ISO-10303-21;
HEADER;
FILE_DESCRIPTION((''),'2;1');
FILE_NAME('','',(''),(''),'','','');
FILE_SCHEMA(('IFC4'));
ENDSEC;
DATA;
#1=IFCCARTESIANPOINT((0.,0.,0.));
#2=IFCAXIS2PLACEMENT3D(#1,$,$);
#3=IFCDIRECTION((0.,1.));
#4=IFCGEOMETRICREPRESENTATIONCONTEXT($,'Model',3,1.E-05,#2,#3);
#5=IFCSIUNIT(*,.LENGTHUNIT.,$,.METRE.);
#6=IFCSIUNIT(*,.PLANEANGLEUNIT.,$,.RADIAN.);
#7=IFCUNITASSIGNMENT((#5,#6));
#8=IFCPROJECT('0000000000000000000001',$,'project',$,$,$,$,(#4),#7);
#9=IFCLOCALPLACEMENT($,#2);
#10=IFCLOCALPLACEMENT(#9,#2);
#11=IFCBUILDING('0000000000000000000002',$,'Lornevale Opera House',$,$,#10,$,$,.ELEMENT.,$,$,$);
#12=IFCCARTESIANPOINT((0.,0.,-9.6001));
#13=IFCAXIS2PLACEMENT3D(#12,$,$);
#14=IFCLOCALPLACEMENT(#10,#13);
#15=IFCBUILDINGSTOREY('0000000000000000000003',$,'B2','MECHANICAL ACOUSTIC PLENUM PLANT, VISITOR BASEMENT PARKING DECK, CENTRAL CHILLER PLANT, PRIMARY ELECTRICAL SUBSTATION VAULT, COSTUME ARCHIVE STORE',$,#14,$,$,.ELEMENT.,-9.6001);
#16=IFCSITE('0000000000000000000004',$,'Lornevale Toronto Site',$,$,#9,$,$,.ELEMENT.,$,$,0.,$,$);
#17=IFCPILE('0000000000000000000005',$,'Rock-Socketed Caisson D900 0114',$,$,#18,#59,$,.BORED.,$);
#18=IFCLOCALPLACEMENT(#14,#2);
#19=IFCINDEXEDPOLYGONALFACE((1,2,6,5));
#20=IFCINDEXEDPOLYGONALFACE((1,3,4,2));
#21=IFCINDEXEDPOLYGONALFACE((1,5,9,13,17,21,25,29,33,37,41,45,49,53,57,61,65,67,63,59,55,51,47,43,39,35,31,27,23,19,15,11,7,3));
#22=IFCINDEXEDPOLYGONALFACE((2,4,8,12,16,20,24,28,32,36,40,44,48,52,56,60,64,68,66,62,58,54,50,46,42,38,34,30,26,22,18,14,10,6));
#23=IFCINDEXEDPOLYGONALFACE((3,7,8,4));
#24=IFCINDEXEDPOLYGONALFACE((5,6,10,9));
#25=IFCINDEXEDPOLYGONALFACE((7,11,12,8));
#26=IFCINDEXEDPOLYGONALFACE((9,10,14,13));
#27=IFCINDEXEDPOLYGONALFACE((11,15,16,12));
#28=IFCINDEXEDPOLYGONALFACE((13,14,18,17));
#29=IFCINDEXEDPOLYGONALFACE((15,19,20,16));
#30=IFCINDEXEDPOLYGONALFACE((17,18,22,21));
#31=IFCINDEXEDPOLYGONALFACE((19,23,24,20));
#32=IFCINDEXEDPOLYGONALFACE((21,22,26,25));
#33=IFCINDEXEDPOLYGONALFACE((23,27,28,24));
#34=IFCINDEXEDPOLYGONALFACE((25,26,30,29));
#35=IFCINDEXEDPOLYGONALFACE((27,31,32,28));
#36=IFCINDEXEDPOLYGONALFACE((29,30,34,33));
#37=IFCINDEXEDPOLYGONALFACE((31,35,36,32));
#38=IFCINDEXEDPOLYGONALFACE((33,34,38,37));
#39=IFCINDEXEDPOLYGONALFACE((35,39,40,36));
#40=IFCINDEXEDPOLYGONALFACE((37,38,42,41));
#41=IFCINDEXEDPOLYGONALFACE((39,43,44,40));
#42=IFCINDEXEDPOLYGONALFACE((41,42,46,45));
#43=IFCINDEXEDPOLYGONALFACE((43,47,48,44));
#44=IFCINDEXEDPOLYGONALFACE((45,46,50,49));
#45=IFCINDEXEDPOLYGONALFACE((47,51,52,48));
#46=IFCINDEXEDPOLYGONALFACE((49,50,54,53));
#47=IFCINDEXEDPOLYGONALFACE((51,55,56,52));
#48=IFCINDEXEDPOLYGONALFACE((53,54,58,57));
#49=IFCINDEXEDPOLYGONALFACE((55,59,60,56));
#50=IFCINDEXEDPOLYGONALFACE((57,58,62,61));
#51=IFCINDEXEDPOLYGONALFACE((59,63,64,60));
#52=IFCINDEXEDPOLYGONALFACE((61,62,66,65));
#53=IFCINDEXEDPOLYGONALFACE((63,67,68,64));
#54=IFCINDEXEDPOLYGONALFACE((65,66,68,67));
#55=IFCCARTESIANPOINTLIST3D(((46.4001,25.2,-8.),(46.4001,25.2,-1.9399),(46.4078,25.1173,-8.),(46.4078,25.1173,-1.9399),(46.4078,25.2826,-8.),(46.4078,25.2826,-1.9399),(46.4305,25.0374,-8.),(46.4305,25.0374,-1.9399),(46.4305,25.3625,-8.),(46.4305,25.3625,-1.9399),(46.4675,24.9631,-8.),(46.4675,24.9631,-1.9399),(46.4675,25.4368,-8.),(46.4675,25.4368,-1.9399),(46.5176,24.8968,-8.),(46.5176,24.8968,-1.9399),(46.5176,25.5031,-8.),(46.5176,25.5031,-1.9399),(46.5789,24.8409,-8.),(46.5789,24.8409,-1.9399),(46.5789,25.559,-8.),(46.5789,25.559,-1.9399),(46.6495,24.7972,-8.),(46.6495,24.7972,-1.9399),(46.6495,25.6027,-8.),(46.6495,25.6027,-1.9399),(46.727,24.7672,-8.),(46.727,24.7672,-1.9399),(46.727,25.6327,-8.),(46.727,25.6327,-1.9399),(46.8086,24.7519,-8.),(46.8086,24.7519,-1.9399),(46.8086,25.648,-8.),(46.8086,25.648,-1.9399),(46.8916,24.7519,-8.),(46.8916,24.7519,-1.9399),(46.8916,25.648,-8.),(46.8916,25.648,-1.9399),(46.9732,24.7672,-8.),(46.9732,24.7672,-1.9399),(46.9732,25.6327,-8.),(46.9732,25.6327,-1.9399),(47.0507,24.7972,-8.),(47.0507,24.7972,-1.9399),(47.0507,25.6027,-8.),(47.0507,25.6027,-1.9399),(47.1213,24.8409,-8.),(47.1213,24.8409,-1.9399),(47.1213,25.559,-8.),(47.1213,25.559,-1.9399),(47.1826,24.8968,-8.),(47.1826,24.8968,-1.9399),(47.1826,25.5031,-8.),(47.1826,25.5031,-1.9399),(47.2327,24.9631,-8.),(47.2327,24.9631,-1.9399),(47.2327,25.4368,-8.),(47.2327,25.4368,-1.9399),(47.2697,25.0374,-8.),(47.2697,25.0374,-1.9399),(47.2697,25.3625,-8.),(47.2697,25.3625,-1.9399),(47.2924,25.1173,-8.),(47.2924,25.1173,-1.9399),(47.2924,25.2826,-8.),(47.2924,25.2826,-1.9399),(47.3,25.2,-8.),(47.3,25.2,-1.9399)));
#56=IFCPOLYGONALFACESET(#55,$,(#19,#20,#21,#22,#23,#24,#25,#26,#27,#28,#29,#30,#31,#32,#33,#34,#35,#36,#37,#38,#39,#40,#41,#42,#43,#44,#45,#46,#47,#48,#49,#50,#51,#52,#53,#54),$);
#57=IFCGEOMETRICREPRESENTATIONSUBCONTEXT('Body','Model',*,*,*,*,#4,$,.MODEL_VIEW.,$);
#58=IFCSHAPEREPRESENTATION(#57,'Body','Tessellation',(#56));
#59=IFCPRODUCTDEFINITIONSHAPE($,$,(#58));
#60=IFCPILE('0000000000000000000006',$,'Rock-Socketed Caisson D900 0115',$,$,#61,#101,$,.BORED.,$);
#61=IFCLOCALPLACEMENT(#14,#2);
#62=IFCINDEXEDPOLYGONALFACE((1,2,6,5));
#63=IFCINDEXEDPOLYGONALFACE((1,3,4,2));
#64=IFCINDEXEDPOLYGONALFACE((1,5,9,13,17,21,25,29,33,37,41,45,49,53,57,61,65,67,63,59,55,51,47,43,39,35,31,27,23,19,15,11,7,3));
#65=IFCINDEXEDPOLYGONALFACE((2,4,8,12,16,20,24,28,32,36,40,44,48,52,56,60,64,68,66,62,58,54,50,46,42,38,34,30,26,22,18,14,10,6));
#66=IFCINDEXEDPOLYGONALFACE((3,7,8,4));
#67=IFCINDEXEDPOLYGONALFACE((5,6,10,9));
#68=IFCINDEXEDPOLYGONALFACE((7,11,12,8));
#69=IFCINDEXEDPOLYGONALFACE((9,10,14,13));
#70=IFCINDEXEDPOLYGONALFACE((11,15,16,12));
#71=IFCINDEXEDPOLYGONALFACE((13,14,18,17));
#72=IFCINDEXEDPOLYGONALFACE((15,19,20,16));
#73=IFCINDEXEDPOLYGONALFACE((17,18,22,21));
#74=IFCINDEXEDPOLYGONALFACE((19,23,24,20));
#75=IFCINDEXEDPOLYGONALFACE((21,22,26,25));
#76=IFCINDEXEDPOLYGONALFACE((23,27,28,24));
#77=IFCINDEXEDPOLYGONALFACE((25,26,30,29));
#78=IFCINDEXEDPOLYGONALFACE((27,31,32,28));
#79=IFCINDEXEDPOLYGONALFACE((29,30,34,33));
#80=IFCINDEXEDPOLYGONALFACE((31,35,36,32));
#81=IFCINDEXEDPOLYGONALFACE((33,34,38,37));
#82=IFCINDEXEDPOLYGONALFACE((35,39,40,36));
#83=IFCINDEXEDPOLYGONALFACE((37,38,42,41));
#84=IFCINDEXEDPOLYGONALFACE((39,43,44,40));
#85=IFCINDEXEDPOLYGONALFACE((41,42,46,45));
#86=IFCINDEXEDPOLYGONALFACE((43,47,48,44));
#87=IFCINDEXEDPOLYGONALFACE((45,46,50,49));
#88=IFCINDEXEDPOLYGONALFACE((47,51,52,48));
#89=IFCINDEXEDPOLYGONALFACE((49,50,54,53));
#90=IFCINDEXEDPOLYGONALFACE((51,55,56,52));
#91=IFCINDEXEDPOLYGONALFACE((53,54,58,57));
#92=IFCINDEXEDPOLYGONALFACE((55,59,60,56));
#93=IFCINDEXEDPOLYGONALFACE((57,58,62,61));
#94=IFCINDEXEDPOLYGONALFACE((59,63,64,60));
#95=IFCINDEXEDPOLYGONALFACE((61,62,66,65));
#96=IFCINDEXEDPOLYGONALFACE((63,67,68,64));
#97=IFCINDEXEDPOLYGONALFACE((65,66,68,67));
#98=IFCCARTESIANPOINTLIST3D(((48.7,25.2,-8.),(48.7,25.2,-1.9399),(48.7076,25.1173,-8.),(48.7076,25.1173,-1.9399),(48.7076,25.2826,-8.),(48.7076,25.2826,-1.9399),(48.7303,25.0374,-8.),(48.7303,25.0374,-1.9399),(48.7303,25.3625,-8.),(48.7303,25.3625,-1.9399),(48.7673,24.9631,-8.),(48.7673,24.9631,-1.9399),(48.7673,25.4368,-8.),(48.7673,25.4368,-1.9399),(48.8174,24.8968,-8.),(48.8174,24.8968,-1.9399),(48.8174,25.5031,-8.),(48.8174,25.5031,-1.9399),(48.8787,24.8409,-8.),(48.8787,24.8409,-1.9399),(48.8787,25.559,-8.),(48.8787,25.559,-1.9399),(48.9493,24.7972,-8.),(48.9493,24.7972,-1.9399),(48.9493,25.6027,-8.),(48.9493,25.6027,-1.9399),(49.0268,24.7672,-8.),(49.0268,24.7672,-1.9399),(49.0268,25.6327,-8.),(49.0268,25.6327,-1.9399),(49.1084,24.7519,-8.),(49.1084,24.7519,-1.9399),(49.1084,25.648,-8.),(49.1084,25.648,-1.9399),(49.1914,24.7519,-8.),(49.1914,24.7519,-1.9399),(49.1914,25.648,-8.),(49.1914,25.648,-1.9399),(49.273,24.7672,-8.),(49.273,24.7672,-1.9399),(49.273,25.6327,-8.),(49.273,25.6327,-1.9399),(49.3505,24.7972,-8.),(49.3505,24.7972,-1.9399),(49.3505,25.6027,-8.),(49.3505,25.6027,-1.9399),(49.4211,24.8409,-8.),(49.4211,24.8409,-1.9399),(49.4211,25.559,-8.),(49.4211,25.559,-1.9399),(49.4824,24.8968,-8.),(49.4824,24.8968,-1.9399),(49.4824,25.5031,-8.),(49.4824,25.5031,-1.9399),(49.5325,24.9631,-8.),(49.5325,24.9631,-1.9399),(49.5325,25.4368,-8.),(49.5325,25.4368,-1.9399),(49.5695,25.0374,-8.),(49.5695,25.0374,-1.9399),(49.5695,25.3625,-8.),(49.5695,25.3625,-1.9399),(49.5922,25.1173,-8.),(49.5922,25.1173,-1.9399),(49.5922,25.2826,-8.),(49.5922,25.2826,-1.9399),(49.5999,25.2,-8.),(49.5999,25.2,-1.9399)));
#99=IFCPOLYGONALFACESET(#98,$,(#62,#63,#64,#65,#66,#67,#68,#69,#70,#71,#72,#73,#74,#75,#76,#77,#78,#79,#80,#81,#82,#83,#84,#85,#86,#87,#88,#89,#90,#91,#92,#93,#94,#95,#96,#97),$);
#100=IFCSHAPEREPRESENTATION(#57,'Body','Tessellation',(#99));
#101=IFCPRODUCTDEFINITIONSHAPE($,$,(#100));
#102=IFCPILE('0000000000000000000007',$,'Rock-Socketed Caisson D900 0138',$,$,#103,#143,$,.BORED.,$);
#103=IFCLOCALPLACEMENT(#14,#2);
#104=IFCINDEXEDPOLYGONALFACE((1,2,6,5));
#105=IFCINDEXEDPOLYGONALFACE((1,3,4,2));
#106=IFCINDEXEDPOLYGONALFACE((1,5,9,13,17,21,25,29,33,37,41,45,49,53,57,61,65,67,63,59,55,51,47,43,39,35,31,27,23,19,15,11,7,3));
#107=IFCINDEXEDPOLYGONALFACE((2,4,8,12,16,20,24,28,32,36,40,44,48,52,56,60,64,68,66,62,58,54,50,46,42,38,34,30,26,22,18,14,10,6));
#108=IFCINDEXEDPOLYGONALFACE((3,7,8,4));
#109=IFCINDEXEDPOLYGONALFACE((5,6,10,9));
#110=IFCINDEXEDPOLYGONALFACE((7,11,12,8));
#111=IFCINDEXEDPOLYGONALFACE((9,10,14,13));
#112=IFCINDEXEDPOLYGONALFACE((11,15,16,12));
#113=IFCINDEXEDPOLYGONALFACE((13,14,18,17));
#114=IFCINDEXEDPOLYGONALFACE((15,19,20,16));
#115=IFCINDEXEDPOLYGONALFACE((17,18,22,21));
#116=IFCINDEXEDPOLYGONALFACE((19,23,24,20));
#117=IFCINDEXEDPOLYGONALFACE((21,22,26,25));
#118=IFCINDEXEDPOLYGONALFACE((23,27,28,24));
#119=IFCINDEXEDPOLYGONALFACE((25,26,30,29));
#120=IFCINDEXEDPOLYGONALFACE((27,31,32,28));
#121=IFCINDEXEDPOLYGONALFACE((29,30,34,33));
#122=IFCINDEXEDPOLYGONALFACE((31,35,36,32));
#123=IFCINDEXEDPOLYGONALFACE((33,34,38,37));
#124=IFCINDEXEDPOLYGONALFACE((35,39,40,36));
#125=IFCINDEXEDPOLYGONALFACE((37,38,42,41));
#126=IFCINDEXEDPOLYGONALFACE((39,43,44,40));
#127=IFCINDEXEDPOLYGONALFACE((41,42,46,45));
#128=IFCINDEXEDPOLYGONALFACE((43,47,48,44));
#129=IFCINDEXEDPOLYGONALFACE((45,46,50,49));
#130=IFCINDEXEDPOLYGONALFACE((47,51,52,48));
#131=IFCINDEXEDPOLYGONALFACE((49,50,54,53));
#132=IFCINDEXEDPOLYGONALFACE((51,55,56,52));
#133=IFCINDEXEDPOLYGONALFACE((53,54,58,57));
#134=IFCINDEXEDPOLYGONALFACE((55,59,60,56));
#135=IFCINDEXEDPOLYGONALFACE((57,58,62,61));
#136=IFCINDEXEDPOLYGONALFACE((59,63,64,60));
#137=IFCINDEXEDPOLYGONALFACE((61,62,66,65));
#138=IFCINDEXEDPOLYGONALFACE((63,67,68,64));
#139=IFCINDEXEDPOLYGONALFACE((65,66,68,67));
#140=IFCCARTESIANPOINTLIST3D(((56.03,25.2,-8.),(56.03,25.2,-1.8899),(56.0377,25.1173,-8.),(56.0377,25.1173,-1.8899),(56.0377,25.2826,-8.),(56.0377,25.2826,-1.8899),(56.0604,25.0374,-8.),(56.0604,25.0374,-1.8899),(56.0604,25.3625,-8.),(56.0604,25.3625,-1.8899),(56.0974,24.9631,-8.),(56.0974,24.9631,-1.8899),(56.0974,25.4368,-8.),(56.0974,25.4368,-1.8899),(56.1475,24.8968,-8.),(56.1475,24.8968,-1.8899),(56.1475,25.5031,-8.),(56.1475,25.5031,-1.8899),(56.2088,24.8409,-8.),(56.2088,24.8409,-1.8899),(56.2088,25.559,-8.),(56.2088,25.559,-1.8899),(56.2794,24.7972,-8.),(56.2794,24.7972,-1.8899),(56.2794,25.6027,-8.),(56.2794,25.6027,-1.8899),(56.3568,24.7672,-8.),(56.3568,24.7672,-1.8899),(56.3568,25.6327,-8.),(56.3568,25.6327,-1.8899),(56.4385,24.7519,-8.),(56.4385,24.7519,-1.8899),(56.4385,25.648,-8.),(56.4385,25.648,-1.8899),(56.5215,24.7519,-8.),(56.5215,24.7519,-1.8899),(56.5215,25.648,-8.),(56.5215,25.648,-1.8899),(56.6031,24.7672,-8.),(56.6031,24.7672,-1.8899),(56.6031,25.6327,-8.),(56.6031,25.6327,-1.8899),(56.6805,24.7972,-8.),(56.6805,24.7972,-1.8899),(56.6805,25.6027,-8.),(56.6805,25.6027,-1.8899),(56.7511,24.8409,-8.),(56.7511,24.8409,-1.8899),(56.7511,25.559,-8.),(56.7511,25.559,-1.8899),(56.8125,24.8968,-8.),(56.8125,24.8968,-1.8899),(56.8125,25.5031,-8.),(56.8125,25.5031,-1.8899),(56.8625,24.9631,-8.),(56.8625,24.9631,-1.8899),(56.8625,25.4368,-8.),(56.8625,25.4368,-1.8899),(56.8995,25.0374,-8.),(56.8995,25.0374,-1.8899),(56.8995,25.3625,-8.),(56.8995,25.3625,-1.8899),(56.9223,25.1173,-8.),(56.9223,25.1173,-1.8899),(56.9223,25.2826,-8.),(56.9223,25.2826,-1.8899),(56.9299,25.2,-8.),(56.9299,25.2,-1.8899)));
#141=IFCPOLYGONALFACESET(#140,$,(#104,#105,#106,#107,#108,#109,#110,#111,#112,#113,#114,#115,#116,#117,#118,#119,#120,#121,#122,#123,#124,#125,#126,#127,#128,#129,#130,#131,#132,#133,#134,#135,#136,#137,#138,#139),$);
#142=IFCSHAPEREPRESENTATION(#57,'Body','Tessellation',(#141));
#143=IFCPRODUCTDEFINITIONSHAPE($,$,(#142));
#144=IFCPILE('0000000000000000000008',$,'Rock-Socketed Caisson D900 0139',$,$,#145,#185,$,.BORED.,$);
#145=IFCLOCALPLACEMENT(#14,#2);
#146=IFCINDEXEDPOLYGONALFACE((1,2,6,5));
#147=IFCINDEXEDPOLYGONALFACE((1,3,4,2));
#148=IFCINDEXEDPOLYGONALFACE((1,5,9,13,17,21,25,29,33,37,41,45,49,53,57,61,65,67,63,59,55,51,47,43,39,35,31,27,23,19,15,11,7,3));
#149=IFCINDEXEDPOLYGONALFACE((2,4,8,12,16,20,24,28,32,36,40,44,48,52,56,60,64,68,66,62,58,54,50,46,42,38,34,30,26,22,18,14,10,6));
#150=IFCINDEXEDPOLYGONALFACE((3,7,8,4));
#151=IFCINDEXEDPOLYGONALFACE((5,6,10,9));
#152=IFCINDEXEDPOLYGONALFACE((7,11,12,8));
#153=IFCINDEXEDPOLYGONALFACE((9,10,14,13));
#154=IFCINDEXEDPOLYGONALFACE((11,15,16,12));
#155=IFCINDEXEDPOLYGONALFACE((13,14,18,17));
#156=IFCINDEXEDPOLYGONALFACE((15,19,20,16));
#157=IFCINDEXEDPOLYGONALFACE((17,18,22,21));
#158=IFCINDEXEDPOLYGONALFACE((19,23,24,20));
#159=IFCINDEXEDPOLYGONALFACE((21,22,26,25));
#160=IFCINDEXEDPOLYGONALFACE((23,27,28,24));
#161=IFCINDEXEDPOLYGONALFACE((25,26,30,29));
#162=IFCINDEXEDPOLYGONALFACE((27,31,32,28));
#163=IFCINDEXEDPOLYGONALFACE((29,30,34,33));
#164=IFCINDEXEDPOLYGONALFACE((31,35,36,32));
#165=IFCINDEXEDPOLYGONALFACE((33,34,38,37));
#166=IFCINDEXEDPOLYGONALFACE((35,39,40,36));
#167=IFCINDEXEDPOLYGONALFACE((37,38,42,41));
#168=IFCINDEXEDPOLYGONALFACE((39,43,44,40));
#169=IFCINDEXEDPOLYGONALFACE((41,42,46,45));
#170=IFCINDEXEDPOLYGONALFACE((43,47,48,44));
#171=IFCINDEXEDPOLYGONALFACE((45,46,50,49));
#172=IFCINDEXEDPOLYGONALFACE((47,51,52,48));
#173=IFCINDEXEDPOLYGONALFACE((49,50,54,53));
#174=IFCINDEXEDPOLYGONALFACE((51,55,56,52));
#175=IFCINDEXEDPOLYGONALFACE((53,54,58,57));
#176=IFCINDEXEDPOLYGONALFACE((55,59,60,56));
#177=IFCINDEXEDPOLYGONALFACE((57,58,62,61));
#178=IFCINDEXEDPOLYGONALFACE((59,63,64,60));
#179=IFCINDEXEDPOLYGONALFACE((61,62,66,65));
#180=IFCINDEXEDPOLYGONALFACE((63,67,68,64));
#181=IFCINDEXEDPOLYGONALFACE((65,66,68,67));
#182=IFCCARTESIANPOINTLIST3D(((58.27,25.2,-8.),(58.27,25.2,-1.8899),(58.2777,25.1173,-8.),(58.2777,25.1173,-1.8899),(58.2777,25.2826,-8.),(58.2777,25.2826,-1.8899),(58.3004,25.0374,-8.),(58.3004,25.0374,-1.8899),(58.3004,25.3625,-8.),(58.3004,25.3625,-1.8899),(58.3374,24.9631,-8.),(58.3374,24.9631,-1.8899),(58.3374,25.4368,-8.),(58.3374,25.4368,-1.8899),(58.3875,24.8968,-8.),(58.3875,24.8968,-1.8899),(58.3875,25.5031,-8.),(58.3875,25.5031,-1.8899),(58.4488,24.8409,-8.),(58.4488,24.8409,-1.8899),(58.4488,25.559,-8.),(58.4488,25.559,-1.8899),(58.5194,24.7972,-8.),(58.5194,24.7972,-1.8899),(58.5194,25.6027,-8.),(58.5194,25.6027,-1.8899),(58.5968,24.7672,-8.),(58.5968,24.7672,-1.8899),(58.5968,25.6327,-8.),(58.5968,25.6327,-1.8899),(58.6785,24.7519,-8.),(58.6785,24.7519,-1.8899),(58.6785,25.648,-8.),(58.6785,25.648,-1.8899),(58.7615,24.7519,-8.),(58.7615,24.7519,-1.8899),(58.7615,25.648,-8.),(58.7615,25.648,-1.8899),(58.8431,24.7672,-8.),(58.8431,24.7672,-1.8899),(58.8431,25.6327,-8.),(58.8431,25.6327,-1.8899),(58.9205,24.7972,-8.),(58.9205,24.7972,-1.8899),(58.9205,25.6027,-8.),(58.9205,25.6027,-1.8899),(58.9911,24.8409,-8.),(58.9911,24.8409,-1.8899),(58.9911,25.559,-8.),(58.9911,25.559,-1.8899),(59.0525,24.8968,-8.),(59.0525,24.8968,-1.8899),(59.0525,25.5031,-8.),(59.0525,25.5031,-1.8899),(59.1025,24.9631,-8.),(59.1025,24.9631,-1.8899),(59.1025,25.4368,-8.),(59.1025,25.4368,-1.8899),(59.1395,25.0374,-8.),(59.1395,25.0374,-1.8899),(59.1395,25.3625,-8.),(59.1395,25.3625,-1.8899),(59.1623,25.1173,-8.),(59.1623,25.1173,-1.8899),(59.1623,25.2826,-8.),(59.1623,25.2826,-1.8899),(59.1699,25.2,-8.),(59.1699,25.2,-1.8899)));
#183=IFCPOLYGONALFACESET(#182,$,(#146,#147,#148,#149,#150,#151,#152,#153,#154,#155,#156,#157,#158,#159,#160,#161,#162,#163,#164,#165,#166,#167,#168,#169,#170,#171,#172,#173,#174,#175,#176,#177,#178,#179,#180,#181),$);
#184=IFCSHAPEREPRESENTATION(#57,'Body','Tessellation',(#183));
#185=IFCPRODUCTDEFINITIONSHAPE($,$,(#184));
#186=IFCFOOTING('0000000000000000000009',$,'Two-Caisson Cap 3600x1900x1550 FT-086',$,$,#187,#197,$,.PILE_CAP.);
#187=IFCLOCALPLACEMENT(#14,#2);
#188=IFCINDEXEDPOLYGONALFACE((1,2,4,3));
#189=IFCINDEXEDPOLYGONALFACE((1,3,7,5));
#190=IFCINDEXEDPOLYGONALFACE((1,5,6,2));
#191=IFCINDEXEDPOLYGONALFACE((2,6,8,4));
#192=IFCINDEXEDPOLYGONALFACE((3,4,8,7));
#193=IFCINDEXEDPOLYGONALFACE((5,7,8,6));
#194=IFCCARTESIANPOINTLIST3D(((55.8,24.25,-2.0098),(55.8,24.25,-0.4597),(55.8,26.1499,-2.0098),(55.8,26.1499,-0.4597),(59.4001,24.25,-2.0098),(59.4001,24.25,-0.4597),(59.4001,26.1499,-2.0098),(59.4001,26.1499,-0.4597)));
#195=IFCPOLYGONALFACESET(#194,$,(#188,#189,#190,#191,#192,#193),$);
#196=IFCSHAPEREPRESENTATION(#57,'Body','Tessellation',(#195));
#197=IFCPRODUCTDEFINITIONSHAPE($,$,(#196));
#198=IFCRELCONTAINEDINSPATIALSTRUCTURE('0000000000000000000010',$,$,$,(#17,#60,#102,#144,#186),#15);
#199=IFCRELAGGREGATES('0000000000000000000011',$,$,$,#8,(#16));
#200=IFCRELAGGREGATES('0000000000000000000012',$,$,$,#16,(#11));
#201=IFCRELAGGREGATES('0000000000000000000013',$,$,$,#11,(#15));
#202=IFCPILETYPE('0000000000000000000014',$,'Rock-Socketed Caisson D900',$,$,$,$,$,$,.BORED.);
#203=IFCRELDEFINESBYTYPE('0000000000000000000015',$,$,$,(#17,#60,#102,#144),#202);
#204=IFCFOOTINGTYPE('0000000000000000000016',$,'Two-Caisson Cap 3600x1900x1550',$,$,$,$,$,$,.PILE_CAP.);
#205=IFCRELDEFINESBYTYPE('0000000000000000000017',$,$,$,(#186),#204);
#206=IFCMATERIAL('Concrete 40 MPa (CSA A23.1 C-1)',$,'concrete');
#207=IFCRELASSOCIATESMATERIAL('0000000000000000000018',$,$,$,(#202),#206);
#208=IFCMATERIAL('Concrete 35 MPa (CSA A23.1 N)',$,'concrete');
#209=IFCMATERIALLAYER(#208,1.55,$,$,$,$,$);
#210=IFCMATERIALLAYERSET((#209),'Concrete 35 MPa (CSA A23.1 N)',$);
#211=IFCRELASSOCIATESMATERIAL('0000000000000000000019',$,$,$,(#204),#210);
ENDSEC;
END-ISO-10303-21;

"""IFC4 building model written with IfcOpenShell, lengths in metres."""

from ifc_helpers import new_model, si_unit, direction, frame, origin, origin_2d, place, context, subcontext, project, spatial, rectangle, circle, extrude, material, layer, layer_set, material_profile, profile_set, type_object, element, save


model = new_model("IFC4")

# Units and contexts
model_context = context("Model", 3, precision=1e-05, world=origin(), true_north=direction((0.0, 1.0)))
body_context = subcontext(model_context, "Body", "Model", "MODEL_VIEW")
ifc_project = project(units=[si_unit("LENGTHUNIT", "METRE"), si_unit("PLANEANGLEUNIT", "RADIAN")], contexts=[model_context])

# Site, building, storey
site_placement = place(None, origin())
site = spatial("IfcSite", under=ifc_project, at=site_placement, Name="Lornevale Toronto Site", CompositionType="ELEMENT", RefElevation=0.0)
building_placement = place(site_placement, origin())
building = spatial("IfcBuilding", under=site, at=building_placement, Name="Lornevale Opera House", CompositionType="ELEMENT")
storey_placement = place(building_placement, frame((0.0, 0.0, -9.6001)))
storey = spatial("IfcBuildingStorey", under=building, at=storey_placement, Name="B2", Description="MECHANICAL ACOUSTIC PLENUM PLANT, VISITOR BASEMENT PARKING DECK, CENTRAL CHILLER PLANT, PRIMARY ELECTRICAL SUBSTATION VAULT, COSTUME ARCHIVE STORE", CompositionType="ELEMENT", Elevation=-9.6001)

# Piles
ifc_material_1 = material(Name="Concrete 40 MPa (CSA A23.1 C-1)", Category="concrete")
ifc_material_profile_1 = material_profile(ifc_material_1, circle(Radius=0.45, at=origin_2d()), Name="CAIS900")
ifc_profile_set_1 = profile_set([ifc_material_profile_1], Name="Concrete 40 MPa (CSA A23.1 C-1)")
pile_type = type_object("IfcPileType", Name="Rock-Socketed Caisson D900", PredefinedType="BORED", material=ifc_profile_set_1)
for number, where, z_axis, x_axis, name in (
    (1, (46.8501, 25.2, -1.9399), (0.0, 0.0, -1.0), (1.0, 0.0, 0.0), "Rock-Socketed Caisson D900 0114"),
    (2, (49.1499, 25.2, -1.9399), (0.0, 0.0, -1.0), (1.0, 0.0, 0.0), "Rock-Socketed Caisson D900 0115"),
):
    element("IfcPile", number, at=place(storey_placement, frame(where, z_axis=z_axis, x_axis=x_axis)), inside=storey, type_object=pile_type, Name=name, PredefinedType="BORED", context=body_context, shape_type="SweptSolid", body=[
        extrude(circle(Radius=0.45, at=origin_2d()), origin(), (0.0, 0.0, 1.0), 6.0601),
    ])
for number, where, z_axis, x_axis, name in (
    (3, (56.48, 25.2, -1.8899), (0.0, 0.0, -1.0), (1.0, 0.0, 0.0), "Rock-Socketed Caisson D900 0138"),
    (4, (58.72, 25.2, -1.8899), (0.0, 0.0, -1.0), (1.0, 0.0, 0.0), "Rock-Socketed Caisson D900 0139"),
):
    element("IfcPile", number, at=place(storey_placement, frame(where, z_axis=z_axis, x_axis=x_axis)), inside=storey, type_object=pile_type, Name=name, PredefinedType="BORED", context=body_context, shape_type="SweptSolid", body=[
        extrude(circle(Radius=0.45, at=origin_2d()), origin(), (0.0, 0.0, 1.0), 6.1101),
    ])

# Footing
ifc_material_2 = material(Name="Concrete 35 MPa (CSA A23.1 N)", Category="concrete")
ifc_layer_1 = layer(ifc_material_2, 1.55)
ifc_layer_set_1 = layer_set([ifc_layer_1], Name="Concrete 35 MPa (CSA A23.1 N)")
footing_type_1 = type_object("IfcFootingType", Name="Two-Caisson Cap 3600x1900x1550", PredefinedType="PILE_CAP", material=ifc_layer_set_1)
footing_1_placement = place(storey_placement, frame((57.6001, 25.2, -2.0098), z_axis=(0.0, 0.0, 1.0), x_axis=(1.0, 0.0, 0.0)))
element("IfcFooting", 5, at=footing_1_placement, inside=storey, type_object=footing_type_1, Name="Two-Caisson Cap 3600x1900x1550 FT-086", PredefinedType="PILE_CAP", context=body_context, shape_type="SweptSolid", body=[
    extrude(rectangle(XDim=3.6001, YDim=1.8999, at=origin_2d()), origin(), (0.0, 0.0, 1.0), 1.55),
])

save(model, "model.ifc")
